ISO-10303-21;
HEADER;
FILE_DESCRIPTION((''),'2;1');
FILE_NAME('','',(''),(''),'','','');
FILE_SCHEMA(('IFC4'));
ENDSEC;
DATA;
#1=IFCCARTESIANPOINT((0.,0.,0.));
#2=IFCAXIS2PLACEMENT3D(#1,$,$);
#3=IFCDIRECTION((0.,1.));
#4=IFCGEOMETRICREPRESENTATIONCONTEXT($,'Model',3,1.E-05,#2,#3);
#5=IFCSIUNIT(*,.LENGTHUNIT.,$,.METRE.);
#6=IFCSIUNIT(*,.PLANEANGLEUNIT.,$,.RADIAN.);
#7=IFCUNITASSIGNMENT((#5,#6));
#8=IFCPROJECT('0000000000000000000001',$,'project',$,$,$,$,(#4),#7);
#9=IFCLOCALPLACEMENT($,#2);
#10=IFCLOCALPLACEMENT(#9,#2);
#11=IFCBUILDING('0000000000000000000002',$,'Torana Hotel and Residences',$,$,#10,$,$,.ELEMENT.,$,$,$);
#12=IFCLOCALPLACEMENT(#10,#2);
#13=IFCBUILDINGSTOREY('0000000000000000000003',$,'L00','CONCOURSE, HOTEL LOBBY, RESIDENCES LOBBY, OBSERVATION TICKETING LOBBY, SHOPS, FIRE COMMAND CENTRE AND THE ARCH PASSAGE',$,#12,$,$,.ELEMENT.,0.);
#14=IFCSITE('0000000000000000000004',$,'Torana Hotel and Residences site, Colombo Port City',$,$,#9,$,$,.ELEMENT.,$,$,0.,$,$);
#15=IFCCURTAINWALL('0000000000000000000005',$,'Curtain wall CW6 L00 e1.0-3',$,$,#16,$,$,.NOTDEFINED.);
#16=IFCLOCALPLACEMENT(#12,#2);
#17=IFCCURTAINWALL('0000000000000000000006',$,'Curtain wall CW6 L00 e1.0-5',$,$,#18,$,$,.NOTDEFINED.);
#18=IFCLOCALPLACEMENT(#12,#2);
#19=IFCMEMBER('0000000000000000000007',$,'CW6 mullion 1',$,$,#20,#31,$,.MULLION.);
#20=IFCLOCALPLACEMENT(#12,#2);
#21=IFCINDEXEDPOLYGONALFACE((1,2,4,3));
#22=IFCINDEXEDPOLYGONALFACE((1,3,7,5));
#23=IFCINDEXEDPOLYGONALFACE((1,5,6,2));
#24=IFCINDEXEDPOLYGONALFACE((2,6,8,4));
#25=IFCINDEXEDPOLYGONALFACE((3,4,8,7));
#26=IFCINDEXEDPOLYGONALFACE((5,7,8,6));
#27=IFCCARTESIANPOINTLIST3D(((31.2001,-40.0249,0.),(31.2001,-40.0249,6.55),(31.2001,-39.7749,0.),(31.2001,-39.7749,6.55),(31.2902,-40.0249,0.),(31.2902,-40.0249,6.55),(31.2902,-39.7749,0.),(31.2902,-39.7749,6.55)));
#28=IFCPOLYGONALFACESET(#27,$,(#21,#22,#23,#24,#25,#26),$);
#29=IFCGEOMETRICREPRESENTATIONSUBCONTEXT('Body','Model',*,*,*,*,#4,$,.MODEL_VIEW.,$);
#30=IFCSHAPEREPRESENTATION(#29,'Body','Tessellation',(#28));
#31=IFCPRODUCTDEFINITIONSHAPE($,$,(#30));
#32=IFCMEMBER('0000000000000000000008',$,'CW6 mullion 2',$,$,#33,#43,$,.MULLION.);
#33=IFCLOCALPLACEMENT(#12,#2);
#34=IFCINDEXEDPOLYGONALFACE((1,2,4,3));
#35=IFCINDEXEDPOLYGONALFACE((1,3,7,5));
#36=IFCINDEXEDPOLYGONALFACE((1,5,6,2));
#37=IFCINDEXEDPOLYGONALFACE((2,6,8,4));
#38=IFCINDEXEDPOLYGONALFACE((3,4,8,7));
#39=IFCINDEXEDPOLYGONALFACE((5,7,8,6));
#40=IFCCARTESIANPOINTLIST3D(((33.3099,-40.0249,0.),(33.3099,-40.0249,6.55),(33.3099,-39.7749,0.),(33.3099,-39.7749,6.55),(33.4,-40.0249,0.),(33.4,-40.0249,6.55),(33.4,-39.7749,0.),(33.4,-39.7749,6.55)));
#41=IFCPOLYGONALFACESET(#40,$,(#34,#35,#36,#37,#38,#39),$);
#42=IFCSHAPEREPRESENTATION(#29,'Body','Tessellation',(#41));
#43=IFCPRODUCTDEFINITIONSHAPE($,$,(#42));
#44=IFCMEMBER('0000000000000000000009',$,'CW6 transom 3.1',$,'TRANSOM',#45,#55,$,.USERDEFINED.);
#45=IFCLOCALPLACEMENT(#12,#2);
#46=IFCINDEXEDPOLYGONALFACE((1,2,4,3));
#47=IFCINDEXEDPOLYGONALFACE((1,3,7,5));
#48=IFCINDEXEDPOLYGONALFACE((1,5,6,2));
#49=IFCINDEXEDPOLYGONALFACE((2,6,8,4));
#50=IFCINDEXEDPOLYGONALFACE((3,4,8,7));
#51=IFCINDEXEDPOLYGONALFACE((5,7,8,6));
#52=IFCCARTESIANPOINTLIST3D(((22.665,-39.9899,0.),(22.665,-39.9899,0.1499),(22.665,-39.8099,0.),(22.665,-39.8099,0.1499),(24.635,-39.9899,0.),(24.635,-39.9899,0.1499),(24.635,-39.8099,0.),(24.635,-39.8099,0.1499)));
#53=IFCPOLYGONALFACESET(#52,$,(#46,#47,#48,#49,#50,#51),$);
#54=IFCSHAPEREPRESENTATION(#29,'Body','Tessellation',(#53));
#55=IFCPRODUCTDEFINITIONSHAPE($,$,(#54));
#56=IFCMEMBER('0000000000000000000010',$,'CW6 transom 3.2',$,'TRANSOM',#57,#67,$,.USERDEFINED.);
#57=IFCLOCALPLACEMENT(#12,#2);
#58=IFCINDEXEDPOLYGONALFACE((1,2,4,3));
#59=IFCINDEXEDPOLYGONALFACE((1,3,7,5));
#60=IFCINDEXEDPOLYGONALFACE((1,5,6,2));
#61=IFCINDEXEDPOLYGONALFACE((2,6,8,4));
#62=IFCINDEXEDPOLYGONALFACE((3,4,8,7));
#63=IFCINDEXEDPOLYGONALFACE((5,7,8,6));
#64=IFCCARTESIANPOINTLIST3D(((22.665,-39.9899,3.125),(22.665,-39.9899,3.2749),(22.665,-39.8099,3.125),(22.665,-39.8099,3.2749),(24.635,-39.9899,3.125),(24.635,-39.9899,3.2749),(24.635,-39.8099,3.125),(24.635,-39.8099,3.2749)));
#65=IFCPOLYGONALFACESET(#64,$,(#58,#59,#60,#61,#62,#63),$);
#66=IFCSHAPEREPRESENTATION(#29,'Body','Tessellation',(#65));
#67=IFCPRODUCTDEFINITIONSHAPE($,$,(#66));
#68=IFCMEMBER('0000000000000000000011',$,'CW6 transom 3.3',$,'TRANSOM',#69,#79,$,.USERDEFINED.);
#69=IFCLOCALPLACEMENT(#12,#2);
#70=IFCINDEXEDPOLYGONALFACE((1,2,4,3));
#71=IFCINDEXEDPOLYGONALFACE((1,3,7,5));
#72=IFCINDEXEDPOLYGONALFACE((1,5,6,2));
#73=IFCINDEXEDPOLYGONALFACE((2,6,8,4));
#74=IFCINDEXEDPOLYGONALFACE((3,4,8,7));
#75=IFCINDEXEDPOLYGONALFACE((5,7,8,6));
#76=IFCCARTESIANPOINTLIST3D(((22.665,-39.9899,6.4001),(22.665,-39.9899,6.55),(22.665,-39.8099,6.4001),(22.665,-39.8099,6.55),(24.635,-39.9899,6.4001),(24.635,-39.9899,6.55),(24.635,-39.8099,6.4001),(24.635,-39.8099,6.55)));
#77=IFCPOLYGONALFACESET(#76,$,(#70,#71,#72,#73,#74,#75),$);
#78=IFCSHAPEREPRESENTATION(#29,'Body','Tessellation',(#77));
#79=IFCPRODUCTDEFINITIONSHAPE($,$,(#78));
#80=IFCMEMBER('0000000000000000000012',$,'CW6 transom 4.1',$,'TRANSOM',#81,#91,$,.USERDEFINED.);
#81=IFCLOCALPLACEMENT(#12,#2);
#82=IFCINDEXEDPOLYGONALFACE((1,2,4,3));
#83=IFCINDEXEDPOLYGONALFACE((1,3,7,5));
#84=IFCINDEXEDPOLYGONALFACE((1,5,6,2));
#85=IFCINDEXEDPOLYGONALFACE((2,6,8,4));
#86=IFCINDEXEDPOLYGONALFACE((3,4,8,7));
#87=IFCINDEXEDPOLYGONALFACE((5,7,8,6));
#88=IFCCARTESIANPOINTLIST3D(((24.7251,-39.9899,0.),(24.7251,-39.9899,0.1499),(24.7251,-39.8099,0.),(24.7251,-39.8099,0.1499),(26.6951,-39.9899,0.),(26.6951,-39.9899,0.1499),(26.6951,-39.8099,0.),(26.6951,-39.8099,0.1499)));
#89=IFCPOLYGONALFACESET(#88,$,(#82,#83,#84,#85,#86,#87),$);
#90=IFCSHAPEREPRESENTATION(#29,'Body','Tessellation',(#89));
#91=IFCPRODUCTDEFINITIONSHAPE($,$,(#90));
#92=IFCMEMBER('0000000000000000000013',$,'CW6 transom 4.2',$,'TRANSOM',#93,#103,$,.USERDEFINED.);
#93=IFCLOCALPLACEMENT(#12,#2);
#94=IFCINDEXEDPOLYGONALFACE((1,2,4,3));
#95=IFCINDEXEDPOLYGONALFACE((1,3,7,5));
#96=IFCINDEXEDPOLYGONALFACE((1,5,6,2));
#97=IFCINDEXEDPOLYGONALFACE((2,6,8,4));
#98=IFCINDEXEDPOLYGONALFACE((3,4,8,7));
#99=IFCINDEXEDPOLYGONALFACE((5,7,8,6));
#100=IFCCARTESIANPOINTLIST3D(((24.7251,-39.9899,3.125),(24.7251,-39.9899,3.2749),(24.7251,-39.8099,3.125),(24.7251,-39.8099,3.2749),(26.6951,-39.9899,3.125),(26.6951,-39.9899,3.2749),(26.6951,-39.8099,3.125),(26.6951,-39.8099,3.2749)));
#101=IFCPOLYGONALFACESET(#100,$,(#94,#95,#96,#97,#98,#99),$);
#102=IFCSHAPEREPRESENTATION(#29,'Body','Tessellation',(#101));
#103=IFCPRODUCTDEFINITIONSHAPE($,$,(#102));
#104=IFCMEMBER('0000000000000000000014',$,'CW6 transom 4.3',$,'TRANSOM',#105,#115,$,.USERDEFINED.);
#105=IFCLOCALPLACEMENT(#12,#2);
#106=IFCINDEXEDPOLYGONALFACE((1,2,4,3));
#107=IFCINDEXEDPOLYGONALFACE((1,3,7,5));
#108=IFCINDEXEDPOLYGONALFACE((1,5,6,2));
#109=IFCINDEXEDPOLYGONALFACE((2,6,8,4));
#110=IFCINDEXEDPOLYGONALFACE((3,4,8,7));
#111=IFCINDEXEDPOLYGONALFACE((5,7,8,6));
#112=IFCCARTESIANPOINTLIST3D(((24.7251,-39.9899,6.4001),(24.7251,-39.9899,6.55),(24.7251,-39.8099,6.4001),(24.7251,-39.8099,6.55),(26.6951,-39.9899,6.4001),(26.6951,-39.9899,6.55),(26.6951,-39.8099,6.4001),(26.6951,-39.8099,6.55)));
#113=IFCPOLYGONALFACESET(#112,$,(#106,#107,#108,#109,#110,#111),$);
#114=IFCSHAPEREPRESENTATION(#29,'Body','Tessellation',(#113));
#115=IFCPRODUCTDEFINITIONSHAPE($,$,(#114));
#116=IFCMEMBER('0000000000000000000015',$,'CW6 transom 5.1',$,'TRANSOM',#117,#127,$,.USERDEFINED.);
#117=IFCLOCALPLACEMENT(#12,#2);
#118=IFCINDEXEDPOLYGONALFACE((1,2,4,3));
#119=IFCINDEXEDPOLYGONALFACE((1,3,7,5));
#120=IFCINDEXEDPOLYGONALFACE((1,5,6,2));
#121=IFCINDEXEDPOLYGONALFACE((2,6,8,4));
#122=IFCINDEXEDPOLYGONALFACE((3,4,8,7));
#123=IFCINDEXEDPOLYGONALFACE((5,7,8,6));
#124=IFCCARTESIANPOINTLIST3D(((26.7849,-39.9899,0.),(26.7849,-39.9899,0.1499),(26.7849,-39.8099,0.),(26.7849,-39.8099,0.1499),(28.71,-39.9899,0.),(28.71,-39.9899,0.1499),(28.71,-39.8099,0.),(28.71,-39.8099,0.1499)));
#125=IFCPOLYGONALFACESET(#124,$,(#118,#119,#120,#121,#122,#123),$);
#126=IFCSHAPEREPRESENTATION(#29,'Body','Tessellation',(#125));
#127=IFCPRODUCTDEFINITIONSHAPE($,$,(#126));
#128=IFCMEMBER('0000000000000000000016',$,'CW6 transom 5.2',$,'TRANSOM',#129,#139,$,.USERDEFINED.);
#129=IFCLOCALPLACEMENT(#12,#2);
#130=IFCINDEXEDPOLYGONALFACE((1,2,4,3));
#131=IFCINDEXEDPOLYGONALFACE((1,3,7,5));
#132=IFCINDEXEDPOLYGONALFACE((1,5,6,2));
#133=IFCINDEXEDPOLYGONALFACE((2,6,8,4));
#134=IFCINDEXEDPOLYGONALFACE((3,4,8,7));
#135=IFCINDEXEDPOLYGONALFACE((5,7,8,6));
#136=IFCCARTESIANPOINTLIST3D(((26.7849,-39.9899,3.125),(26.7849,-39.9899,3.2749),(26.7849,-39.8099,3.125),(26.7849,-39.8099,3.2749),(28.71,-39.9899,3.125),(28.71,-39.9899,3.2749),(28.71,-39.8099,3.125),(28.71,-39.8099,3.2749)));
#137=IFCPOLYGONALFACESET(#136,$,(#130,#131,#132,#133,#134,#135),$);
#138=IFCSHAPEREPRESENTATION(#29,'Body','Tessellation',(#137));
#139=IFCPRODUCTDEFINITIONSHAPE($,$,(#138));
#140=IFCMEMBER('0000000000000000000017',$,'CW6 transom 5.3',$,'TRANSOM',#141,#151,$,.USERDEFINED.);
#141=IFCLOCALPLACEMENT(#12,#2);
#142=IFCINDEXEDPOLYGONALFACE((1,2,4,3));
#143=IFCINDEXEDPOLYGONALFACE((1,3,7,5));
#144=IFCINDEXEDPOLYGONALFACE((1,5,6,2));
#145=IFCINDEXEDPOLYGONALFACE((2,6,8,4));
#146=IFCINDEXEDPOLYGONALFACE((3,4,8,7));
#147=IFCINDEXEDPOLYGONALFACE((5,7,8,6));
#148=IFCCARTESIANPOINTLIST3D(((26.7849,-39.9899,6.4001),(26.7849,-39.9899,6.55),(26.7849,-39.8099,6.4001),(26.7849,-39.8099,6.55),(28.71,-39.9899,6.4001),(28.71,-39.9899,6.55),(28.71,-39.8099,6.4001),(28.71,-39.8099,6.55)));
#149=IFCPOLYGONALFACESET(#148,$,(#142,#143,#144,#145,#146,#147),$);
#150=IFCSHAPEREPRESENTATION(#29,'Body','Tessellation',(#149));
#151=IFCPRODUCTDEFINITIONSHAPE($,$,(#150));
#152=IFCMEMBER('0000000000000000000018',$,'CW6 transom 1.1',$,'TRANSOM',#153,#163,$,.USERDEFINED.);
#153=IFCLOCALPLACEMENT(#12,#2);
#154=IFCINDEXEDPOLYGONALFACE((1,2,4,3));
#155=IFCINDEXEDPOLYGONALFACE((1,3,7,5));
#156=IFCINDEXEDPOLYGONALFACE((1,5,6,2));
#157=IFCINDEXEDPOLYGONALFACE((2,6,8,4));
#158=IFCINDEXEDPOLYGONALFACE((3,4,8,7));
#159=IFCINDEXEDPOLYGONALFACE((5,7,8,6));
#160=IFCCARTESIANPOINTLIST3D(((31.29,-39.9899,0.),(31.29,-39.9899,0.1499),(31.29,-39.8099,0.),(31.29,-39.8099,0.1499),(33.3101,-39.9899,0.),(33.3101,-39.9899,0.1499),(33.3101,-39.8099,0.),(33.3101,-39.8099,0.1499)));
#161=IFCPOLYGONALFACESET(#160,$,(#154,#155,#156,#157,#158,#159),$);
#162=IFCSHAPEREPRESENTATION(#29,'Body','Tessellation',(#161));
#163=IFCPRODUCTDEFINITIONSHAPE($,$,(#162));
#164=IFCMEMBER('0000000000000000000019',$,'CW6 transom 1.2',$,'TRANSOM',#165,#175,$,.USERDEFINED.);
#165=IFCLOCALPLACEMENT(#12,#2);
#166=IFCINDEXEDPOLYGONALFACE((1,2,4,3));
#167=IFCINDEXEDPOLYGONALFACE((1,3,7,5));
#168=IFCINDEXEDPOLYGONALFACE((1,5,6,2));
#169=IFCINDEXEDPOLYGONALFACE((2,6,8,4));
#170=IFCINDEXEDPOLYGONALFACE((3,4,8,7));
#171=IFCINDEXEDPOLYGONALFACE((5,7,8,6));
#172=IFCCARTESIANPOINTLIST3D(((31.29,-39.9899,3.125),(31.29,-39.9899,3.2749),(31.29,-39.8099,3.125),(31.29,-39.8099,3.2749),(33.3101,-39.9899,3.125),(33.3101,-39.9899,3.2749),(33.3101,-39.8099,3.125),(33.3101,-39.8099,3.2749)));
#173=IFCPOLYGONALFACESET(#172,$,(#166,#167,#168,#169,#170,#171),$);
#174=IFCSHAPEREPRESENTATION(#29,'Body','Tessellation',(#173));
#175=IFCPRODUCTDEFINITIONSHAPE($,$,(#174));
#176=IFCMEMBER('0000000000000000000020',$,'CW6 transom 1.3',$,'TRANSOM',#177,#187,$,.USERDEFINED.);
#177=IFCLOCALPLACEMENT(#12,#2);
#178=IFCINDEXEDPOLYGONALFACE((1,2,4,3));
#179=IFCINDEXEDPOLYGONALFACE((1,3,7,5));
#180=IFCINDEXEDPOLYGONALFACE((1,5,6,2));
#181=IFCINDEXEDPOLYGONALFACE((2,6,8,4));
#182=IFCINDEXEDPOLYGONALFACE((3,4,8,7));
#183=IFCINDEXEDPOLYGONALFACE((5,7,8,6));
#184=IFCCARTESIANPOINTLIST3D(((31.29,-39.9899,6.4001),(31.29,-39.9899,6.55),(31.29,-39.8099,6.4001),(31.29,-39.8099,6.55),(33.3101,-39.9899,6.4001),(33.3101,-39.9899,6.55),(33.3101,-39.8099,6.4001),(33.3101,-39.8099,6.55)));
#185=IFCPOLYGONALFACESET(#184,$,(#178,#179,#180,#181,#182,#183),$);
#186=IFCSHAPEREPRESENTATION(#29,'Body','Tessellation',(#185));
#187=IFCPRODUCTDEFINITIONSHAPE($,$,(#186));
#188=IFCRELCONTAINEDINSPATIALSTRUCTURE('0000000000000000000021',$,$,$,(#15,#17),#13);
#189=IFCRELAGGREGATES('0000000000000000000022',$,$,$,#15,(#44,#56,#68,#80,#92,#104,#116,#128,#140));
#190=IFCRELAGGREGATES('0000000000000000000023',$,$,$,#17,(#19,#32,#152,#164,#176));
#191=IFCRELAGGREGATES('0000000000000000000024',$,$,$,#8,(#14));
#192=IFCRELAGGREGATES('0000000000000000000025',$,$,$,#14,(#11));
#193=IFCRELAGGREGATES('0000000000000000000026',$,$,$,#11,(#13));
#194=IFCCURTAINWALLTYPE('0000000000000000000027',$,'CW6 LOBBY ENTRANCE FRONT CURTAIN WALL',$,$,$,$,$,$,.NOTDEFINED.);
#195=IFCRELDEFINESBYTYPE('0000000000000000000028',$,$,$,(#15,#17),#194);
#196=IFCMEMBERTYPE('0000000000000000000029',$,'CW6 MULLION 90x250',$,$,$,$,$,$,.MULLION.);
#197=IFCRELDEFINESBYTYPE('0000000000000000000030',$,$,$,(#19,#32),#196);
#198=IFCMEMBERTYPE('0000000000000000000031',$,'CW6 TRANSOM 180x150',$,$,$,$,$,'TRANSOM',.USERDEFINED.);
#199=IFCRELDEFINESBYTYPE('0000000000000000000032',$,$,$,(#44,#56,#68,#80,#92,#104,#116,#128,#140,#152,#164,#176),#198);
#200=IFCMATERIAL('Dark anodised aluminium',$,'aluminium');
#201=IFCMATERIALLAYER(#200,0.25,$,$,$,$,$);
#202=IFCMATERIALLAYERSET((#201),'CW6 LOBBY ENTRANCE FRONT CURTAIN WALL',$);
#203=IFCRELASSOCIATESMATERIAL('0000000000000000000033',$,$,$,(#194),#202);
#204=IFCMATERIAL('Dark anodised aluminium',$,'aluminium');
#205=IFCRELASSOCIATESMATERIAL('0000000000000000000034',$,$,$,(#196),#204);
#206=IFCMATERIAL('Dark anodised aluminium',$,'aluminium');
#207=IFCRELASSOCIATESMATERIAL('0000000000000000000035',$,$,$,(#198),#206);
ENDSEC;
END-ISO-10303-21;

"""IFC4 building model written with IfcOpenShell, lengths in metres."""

from ifc_helpers import new_model, si_unit, direction, frame, origin, origin_2d, place, context, subcontext, project, spatial, rectangle, extrude, material, layer, layer_set, material_profile, profile_set, type_object, element, aggregate, save


model = new_model("IFC4")

# Units and contexts
model_context = context("Model", 3, precision=1e-05, world=origin(), true_north=direction((0.0, 1.0)))
body_context = subcontext(model_context, "Body", "Model", "MODEL_VIEW")
ifc_project = project(units=[si_unit("LENGTHUNIT", "METRE"), si_unit("PLANEANGLEUNIT", "RADIAN")], contexts=[model_context])

# Site, building, storey
site_placement = place(None, origin())
site = spatial("IfcSite", under=ifc_project, at=site_placement, Name="Torana Hotel and Residences site, Colombo Port City", CompositionType="ELEMENT", RefElevation=0.0)
building_placement = place(site_placement, origin())
building = spatial("IfcBuilding", under=site, at=building_placement, Name="Torana Hotel and Residences", CompositionType="ELEMENT")
storey_placement = place(building_placement, origin())
storey = spatial("IfcBuildingStorey", under=building, at=storey_placement, Name="L00", Description="CONCOURSE, HOTEL LOBBY, RESIDENCES LOBBY, OBSERVATION TICKETING LOBBY, SHOPS, FIRE COMMAND CENTRE AND THE ARCH PASSAGE", CompositionType="ELEMENT", Elevation=0.0)

# Curtain walls, members
ifc_material_1 = material(Name="Dark anodised aluminium", Category="aluminium")
ifc_layer_1 = layer(ifc_material_1, 0.25)
ifc_layer_set_1 = layer_set([ifc_layer_1], Name="CW6 LOBBY ENTRANCE FRONT CURTAIN WALL")
curtain_wall_type = type_object("IfcCurtainWallType", Name="CW6 LOBBY ENTRANCE FRONT CURTAIN WALL", PredefinedType="NOTDEFINED", material=ifc_layer_set_1)
curtain_wall_1_placement = place(storey_placement, origin())
curtain_wall_1 = element("IfcCurtainWall", 1, at=curtain_wall_1_placement, inside=storey, type_object=curtain_wall_type, Name="Curtain wall CW6 L00 e1.0-3", PredefinedType="NOTDEFINED")
ifc_material_2 = material(Name="Dark anodised aluminium", Category="aluminium")
ifc_material_profile_1 = material_profile(ifc_material_2, rectangle(XDim=0.25, YDim=0.0901, at=origin_2d()), Name="CW6 MULLION 90x250")
ifc_profile_set_1 = profile_set([ifc_material_profile_1], Name="Dark anodised aluminium")
member_type_1 = type_object("IfcMemberType", Name="CW6 MULLION 90x250", PredefinedType="MULLION", material=ifc_profile_set_1)
curtain_wall_2_placement = place(storey_placement, origin())
curtain_wall_2 = element("IfcCurtainWall", 2, at=curtain_wall_2_placement, inside=storey, type_object=curtain_wall_type, Name="Curtain wall CW6 L00 e1.0-5", PredefinedType="NOTDEFINED")
member_1_placement = place(storey_placement, frame((31.2451, -39.8999, 0.0), z_axis=(0.0, 0.0, 1.0), x_axis=(0.0, 1.0, 0.0)))
member_1 = element("IfcMember", 3, at=member_1_placement, type_object=member_type_1, Name="CW6 mullion 1", PredefinedType="MULLION", context=body_context, shape_type="SweptSolid", body=[
    extrude(rectangle(XDim=0.25, YDim=0.0901, at=origin_2d()), origin(), (0.0, 0.0, 1.0), 6.55),
])
member_2_placement = place(storey_placement, frame((33.355, -39.8999, 0.0), z_axis=(0.0, 0.0, 1.0), x_axis=(0.0, 1.0, 0.0)))
member_2 = element("IfcMember", 4, at=member_2_placement, type_object=member_type_1, Name="CW6 mullion 2", PredefinedType="MULLION", context=body_context, shape_type="SweptSolid", body=[
    extrude(rectangle(XDim=0.25, YDim=0.0901, at=origin_2d()), origin(), (0.0, 0.0, 1.0), 6.55),
])

# Members
ifc_material_3 = material(Name="Dark anodised aluminium", Category="aluminium")
ifc_material_profile_2 = material_profile(ifc_material_3, rectangle(XDim=0.1799, YDim=0.1499, at=origin_2d()), Name="CW6 TRANSOM 180x150")
ifc_profile_set_2 = profile_set([ifc_material_profile_2], Name="Dark anodised aluminium")
member_type_2 = type_object("IfcMemberType", Name="CW6 TRANSOM 180x150", ElementType="TRANSOM", PredefinedType="USERDEFINED", material=ifc_profile_set_2)
member_3_placement = place(storey_placement, frame((22.665, -39.8999, 0.075), z_axis=(1.0, 0.0, 0.0), x_axis=(0.0, 1.0, 0.0)))
member_3 = element("IfcMember", 5, at=member_3_placement, type_object=member_type_2, Name="CW6 transom 3.1", ObjectType="TRANSOM", PredefinedType="USERDEFINED", context=body_context, shape_type="SweptSolid", body=[
    extrude(rectangle(XDim=0.1799, YDim=0.1499, at=origin_2d()), origin(), (0.0, 0.0, 1.0), 1.97),
])
member_4_placement = place(storey_placement, frame((22.665, -39.8999, 3.2), z_axis=(1.0, 0.0, 0.0), x_axis=(0.0, 1.0, 0.0)))
member_4 = element("IfcMember", 6, at=member_4_placement, type_object=member_type_2, Name="CW6 transom 3.2", ObjectType="TRANSOM", PredefinedType="USERDEFINED", context=body_context, shape_type="SweptSolid", body=[
    extrude(rectangle(XDim=0.1799, YDim=0.1499, at=origin_2d()), origin(), (0.0, 0.0, 1.0), 1.97),
])
member_5_placement = place(storey_placement, frame((22.665, -39.8999, 6.4751), z_axis=(1.0, 0.0, 0.0), x_axis=(0.0, 1.0, 0.0)))
member_5 = element("IfcMember", 7, at=member_5_placement, type_object=member_type_2, Name="CW6 transom 3.3", ObjectType="TRANSOM", PredefinedType="USERDEFINED", context=body_context, shape_type="SweptSolid", body=[
    extrude(rectangle(XDim=0.1799, YDim=0.1499, at=origin_2d()), origin(), (0.0, 0.0, 1.0), 1.97),
])
member_6_placement = place(storey_placement, frame((24.7251, -39.8999, 0.075), z_axis=(1.0, 0.0, 0.0), x_axis=(0.0, 1.0, 0.0)))
member_6 = element("IfcMember", 8, at=member_6_placement, type_object=member_type_2, Name="CW6 transom 4.1", ObjectType="TRANSOM", PredefinedType="USERDEFINED", context=body_context, shape_type="SweptSolid", body=[
    extrude(rectangle(XDim=0.1799, YDim=0.1499, at=origin_2d()), origin(), (0.0, 0.0, 1.0), 1.97),
])
member_7_placement = place(storey_placement, frame((24.7251, -39.8999, 3.2), z_axis=(1.0, 0.0, 0.0), x_axis=(0.0, 1.0, 0.0)))
member_7 = element("IfcMember", 9, at=member_7_placement, type_object=member_type_2, Name="CW6 transom 4.2", ObjectType="TRANSOM", PredefinedType="USERDEFINED", context=body_context, shape_type="SweptSolid", body=[
    extrude(rectangle(XDim=0.1799, YDim=0.1499, at=origin_2d()), origin(), (0.0, 0.0, 1.0), 1.97),
])
member_8_placement = place(storey_placement, frame((24.7251, -39.8999, 6.4751), z_axis=(1.0, 0.0, 0.0), x_axis=(0.0, 1.0, 0.0)))
member_8 = element("IfcMember", 10, at=member_8_placement, type_object=member_type_2, Name="CW6 transom 4.3", ObjectType="TRANSOM", PredefinedType="USERDEFINED", context=body_context, shape_type="SweptSolid", body=[
    extrude(rectangle(XDim=0.1799, YDim=0.1499, at=origin_2d()), origin(), (0.0, 0.0, 1.0), 1.97),
])
member_9_placement = place(storey_placement, frame((26.7849, -39.8999, 0.075), z_axis=(1.0, 0.0, 0.0), x_axis=(0.0, 1.0, 0.0)))
member_9 = element("IfcMember", 11, at=member_9_placement, type_object=member_type_2, Name="CW6 transom 5.1", ObjectType="TRANSOM", PredefinedType="USERDEFINED", context=body_context, shape_type="SweptSolid", body=[
    extrude(rectangle(XDim=0.1799, YDim=0.1499, at=origin_2d()), origin(), (0.0, 0.0, 1.0), 1.925),
])
member_10_placement = place(storey_placement, frame((26.7849, -39.8999, 3.2), z_axis=(1.0, 0.0, 0.0), x_axis=(0.0, 1.0, 0.0)))
member_10 = element("IfcMember", 12, at=member_10_placement, type_object=member_type_2, Name="CW6 transom 5.2", ObjectType="TRANSOM", PredefinedType="USERDEFINED", context=body_context, shape_type="SweptSolid", body=[
    extrude(rectangle(XDim=0.1799, YDim=0.1499, at=origin_2d()), origin(), (0.0, 0.0, 1.0), 1.925),
])
member_11_placement = place(storey_placement, frame((26.7849, -39.8999, 6.4751), z_axis=(1.0, 0.0, 0.0), x_axis=(0.0, 1.0, 0.0)))
member_11 = element("IfcMember", 13, at=member_11_placement, type_object=member_type_2, Name="CW6 transom 5.3", ObjectType="TRANSOM", PredefinedType="USERDEFINED", context=body_context, shape_type="SweptSolid", body=[
    extrude(rectangle(XDim=0.1799, YDim=0.1499, at=origin_2d()), origin(), (0.0, 0.0, 1.0), 1.925),
])
member_12_placement = place(storey_placement, frame((31.29, -39.8999, 0.075), z_axis=(1.0, 0.0, 0.0), x_axis=(0.0, 1.0, 0.0)))
member_12 = element("IfcMember", 14, at=member_12_placement, type_object=member_type_2, Name="CW6 transom 1.1", ObjectType="TRANSOM", PredefinedType="USERDEFINED", context=body_context, shape_type="SweptSolid", body=[
    extrude(rectangle(XDim=0.1799, YDim=0.1499, at=origin_2d()), origin(), (0.0, 0.0, 1.0), 2.02),
])
member_13_placement = place(storey_placement, frame((31.29, -39.8999, 3.2), z_axis=(1.0, 0.0, 0.0), x_axis=(0.0, 1.0, 0.0)))
member_13 = element("IfcMember", 15, at=member_13_placement, type_object=member_type_2, Name="CW6 transom 1.2", ObjectType="TRANSOM", PredefinedType="USERDEFINED", context=body_context, shape_type="SweptSolid", body=[
    extrude(rectangle(XDim=0.1799, YDim=0.1499, at=origin_2d()), origin(), (0.0, 0.0, 1.0), 2.02),
])
member_14_placement = place(storey_placement, frame((31.29, -39.8999, 6.4751), z_axis=(1.0, 0.0, 0.0), x_axis=(0.0, 1.0, 0.0)))
member_14 = element("IfcMember", 16, at=member_14_placement, type_object=member_type_2, Name="CW6 transom 1.3", ObjectType="TRANSOM", PredefinedType="USERDEFINED", context=body_context, shape_type="SweptSolid", body=[
    extrude(rectangle(XDim=0.1799, YDim=0.1499, at=origin_2d()), origin(), (0.0, 0.0, 1.0), 2.02),
])

aggregate(curtain_wall_1, [member_3, member_4, member_5, member_6, member_7, member_8, member_9, member_10, member_11])
aggregate(curtain_wall_2, [member_1, member_2, member_12, member_13, member_14])

save(model, "model.ifc")
